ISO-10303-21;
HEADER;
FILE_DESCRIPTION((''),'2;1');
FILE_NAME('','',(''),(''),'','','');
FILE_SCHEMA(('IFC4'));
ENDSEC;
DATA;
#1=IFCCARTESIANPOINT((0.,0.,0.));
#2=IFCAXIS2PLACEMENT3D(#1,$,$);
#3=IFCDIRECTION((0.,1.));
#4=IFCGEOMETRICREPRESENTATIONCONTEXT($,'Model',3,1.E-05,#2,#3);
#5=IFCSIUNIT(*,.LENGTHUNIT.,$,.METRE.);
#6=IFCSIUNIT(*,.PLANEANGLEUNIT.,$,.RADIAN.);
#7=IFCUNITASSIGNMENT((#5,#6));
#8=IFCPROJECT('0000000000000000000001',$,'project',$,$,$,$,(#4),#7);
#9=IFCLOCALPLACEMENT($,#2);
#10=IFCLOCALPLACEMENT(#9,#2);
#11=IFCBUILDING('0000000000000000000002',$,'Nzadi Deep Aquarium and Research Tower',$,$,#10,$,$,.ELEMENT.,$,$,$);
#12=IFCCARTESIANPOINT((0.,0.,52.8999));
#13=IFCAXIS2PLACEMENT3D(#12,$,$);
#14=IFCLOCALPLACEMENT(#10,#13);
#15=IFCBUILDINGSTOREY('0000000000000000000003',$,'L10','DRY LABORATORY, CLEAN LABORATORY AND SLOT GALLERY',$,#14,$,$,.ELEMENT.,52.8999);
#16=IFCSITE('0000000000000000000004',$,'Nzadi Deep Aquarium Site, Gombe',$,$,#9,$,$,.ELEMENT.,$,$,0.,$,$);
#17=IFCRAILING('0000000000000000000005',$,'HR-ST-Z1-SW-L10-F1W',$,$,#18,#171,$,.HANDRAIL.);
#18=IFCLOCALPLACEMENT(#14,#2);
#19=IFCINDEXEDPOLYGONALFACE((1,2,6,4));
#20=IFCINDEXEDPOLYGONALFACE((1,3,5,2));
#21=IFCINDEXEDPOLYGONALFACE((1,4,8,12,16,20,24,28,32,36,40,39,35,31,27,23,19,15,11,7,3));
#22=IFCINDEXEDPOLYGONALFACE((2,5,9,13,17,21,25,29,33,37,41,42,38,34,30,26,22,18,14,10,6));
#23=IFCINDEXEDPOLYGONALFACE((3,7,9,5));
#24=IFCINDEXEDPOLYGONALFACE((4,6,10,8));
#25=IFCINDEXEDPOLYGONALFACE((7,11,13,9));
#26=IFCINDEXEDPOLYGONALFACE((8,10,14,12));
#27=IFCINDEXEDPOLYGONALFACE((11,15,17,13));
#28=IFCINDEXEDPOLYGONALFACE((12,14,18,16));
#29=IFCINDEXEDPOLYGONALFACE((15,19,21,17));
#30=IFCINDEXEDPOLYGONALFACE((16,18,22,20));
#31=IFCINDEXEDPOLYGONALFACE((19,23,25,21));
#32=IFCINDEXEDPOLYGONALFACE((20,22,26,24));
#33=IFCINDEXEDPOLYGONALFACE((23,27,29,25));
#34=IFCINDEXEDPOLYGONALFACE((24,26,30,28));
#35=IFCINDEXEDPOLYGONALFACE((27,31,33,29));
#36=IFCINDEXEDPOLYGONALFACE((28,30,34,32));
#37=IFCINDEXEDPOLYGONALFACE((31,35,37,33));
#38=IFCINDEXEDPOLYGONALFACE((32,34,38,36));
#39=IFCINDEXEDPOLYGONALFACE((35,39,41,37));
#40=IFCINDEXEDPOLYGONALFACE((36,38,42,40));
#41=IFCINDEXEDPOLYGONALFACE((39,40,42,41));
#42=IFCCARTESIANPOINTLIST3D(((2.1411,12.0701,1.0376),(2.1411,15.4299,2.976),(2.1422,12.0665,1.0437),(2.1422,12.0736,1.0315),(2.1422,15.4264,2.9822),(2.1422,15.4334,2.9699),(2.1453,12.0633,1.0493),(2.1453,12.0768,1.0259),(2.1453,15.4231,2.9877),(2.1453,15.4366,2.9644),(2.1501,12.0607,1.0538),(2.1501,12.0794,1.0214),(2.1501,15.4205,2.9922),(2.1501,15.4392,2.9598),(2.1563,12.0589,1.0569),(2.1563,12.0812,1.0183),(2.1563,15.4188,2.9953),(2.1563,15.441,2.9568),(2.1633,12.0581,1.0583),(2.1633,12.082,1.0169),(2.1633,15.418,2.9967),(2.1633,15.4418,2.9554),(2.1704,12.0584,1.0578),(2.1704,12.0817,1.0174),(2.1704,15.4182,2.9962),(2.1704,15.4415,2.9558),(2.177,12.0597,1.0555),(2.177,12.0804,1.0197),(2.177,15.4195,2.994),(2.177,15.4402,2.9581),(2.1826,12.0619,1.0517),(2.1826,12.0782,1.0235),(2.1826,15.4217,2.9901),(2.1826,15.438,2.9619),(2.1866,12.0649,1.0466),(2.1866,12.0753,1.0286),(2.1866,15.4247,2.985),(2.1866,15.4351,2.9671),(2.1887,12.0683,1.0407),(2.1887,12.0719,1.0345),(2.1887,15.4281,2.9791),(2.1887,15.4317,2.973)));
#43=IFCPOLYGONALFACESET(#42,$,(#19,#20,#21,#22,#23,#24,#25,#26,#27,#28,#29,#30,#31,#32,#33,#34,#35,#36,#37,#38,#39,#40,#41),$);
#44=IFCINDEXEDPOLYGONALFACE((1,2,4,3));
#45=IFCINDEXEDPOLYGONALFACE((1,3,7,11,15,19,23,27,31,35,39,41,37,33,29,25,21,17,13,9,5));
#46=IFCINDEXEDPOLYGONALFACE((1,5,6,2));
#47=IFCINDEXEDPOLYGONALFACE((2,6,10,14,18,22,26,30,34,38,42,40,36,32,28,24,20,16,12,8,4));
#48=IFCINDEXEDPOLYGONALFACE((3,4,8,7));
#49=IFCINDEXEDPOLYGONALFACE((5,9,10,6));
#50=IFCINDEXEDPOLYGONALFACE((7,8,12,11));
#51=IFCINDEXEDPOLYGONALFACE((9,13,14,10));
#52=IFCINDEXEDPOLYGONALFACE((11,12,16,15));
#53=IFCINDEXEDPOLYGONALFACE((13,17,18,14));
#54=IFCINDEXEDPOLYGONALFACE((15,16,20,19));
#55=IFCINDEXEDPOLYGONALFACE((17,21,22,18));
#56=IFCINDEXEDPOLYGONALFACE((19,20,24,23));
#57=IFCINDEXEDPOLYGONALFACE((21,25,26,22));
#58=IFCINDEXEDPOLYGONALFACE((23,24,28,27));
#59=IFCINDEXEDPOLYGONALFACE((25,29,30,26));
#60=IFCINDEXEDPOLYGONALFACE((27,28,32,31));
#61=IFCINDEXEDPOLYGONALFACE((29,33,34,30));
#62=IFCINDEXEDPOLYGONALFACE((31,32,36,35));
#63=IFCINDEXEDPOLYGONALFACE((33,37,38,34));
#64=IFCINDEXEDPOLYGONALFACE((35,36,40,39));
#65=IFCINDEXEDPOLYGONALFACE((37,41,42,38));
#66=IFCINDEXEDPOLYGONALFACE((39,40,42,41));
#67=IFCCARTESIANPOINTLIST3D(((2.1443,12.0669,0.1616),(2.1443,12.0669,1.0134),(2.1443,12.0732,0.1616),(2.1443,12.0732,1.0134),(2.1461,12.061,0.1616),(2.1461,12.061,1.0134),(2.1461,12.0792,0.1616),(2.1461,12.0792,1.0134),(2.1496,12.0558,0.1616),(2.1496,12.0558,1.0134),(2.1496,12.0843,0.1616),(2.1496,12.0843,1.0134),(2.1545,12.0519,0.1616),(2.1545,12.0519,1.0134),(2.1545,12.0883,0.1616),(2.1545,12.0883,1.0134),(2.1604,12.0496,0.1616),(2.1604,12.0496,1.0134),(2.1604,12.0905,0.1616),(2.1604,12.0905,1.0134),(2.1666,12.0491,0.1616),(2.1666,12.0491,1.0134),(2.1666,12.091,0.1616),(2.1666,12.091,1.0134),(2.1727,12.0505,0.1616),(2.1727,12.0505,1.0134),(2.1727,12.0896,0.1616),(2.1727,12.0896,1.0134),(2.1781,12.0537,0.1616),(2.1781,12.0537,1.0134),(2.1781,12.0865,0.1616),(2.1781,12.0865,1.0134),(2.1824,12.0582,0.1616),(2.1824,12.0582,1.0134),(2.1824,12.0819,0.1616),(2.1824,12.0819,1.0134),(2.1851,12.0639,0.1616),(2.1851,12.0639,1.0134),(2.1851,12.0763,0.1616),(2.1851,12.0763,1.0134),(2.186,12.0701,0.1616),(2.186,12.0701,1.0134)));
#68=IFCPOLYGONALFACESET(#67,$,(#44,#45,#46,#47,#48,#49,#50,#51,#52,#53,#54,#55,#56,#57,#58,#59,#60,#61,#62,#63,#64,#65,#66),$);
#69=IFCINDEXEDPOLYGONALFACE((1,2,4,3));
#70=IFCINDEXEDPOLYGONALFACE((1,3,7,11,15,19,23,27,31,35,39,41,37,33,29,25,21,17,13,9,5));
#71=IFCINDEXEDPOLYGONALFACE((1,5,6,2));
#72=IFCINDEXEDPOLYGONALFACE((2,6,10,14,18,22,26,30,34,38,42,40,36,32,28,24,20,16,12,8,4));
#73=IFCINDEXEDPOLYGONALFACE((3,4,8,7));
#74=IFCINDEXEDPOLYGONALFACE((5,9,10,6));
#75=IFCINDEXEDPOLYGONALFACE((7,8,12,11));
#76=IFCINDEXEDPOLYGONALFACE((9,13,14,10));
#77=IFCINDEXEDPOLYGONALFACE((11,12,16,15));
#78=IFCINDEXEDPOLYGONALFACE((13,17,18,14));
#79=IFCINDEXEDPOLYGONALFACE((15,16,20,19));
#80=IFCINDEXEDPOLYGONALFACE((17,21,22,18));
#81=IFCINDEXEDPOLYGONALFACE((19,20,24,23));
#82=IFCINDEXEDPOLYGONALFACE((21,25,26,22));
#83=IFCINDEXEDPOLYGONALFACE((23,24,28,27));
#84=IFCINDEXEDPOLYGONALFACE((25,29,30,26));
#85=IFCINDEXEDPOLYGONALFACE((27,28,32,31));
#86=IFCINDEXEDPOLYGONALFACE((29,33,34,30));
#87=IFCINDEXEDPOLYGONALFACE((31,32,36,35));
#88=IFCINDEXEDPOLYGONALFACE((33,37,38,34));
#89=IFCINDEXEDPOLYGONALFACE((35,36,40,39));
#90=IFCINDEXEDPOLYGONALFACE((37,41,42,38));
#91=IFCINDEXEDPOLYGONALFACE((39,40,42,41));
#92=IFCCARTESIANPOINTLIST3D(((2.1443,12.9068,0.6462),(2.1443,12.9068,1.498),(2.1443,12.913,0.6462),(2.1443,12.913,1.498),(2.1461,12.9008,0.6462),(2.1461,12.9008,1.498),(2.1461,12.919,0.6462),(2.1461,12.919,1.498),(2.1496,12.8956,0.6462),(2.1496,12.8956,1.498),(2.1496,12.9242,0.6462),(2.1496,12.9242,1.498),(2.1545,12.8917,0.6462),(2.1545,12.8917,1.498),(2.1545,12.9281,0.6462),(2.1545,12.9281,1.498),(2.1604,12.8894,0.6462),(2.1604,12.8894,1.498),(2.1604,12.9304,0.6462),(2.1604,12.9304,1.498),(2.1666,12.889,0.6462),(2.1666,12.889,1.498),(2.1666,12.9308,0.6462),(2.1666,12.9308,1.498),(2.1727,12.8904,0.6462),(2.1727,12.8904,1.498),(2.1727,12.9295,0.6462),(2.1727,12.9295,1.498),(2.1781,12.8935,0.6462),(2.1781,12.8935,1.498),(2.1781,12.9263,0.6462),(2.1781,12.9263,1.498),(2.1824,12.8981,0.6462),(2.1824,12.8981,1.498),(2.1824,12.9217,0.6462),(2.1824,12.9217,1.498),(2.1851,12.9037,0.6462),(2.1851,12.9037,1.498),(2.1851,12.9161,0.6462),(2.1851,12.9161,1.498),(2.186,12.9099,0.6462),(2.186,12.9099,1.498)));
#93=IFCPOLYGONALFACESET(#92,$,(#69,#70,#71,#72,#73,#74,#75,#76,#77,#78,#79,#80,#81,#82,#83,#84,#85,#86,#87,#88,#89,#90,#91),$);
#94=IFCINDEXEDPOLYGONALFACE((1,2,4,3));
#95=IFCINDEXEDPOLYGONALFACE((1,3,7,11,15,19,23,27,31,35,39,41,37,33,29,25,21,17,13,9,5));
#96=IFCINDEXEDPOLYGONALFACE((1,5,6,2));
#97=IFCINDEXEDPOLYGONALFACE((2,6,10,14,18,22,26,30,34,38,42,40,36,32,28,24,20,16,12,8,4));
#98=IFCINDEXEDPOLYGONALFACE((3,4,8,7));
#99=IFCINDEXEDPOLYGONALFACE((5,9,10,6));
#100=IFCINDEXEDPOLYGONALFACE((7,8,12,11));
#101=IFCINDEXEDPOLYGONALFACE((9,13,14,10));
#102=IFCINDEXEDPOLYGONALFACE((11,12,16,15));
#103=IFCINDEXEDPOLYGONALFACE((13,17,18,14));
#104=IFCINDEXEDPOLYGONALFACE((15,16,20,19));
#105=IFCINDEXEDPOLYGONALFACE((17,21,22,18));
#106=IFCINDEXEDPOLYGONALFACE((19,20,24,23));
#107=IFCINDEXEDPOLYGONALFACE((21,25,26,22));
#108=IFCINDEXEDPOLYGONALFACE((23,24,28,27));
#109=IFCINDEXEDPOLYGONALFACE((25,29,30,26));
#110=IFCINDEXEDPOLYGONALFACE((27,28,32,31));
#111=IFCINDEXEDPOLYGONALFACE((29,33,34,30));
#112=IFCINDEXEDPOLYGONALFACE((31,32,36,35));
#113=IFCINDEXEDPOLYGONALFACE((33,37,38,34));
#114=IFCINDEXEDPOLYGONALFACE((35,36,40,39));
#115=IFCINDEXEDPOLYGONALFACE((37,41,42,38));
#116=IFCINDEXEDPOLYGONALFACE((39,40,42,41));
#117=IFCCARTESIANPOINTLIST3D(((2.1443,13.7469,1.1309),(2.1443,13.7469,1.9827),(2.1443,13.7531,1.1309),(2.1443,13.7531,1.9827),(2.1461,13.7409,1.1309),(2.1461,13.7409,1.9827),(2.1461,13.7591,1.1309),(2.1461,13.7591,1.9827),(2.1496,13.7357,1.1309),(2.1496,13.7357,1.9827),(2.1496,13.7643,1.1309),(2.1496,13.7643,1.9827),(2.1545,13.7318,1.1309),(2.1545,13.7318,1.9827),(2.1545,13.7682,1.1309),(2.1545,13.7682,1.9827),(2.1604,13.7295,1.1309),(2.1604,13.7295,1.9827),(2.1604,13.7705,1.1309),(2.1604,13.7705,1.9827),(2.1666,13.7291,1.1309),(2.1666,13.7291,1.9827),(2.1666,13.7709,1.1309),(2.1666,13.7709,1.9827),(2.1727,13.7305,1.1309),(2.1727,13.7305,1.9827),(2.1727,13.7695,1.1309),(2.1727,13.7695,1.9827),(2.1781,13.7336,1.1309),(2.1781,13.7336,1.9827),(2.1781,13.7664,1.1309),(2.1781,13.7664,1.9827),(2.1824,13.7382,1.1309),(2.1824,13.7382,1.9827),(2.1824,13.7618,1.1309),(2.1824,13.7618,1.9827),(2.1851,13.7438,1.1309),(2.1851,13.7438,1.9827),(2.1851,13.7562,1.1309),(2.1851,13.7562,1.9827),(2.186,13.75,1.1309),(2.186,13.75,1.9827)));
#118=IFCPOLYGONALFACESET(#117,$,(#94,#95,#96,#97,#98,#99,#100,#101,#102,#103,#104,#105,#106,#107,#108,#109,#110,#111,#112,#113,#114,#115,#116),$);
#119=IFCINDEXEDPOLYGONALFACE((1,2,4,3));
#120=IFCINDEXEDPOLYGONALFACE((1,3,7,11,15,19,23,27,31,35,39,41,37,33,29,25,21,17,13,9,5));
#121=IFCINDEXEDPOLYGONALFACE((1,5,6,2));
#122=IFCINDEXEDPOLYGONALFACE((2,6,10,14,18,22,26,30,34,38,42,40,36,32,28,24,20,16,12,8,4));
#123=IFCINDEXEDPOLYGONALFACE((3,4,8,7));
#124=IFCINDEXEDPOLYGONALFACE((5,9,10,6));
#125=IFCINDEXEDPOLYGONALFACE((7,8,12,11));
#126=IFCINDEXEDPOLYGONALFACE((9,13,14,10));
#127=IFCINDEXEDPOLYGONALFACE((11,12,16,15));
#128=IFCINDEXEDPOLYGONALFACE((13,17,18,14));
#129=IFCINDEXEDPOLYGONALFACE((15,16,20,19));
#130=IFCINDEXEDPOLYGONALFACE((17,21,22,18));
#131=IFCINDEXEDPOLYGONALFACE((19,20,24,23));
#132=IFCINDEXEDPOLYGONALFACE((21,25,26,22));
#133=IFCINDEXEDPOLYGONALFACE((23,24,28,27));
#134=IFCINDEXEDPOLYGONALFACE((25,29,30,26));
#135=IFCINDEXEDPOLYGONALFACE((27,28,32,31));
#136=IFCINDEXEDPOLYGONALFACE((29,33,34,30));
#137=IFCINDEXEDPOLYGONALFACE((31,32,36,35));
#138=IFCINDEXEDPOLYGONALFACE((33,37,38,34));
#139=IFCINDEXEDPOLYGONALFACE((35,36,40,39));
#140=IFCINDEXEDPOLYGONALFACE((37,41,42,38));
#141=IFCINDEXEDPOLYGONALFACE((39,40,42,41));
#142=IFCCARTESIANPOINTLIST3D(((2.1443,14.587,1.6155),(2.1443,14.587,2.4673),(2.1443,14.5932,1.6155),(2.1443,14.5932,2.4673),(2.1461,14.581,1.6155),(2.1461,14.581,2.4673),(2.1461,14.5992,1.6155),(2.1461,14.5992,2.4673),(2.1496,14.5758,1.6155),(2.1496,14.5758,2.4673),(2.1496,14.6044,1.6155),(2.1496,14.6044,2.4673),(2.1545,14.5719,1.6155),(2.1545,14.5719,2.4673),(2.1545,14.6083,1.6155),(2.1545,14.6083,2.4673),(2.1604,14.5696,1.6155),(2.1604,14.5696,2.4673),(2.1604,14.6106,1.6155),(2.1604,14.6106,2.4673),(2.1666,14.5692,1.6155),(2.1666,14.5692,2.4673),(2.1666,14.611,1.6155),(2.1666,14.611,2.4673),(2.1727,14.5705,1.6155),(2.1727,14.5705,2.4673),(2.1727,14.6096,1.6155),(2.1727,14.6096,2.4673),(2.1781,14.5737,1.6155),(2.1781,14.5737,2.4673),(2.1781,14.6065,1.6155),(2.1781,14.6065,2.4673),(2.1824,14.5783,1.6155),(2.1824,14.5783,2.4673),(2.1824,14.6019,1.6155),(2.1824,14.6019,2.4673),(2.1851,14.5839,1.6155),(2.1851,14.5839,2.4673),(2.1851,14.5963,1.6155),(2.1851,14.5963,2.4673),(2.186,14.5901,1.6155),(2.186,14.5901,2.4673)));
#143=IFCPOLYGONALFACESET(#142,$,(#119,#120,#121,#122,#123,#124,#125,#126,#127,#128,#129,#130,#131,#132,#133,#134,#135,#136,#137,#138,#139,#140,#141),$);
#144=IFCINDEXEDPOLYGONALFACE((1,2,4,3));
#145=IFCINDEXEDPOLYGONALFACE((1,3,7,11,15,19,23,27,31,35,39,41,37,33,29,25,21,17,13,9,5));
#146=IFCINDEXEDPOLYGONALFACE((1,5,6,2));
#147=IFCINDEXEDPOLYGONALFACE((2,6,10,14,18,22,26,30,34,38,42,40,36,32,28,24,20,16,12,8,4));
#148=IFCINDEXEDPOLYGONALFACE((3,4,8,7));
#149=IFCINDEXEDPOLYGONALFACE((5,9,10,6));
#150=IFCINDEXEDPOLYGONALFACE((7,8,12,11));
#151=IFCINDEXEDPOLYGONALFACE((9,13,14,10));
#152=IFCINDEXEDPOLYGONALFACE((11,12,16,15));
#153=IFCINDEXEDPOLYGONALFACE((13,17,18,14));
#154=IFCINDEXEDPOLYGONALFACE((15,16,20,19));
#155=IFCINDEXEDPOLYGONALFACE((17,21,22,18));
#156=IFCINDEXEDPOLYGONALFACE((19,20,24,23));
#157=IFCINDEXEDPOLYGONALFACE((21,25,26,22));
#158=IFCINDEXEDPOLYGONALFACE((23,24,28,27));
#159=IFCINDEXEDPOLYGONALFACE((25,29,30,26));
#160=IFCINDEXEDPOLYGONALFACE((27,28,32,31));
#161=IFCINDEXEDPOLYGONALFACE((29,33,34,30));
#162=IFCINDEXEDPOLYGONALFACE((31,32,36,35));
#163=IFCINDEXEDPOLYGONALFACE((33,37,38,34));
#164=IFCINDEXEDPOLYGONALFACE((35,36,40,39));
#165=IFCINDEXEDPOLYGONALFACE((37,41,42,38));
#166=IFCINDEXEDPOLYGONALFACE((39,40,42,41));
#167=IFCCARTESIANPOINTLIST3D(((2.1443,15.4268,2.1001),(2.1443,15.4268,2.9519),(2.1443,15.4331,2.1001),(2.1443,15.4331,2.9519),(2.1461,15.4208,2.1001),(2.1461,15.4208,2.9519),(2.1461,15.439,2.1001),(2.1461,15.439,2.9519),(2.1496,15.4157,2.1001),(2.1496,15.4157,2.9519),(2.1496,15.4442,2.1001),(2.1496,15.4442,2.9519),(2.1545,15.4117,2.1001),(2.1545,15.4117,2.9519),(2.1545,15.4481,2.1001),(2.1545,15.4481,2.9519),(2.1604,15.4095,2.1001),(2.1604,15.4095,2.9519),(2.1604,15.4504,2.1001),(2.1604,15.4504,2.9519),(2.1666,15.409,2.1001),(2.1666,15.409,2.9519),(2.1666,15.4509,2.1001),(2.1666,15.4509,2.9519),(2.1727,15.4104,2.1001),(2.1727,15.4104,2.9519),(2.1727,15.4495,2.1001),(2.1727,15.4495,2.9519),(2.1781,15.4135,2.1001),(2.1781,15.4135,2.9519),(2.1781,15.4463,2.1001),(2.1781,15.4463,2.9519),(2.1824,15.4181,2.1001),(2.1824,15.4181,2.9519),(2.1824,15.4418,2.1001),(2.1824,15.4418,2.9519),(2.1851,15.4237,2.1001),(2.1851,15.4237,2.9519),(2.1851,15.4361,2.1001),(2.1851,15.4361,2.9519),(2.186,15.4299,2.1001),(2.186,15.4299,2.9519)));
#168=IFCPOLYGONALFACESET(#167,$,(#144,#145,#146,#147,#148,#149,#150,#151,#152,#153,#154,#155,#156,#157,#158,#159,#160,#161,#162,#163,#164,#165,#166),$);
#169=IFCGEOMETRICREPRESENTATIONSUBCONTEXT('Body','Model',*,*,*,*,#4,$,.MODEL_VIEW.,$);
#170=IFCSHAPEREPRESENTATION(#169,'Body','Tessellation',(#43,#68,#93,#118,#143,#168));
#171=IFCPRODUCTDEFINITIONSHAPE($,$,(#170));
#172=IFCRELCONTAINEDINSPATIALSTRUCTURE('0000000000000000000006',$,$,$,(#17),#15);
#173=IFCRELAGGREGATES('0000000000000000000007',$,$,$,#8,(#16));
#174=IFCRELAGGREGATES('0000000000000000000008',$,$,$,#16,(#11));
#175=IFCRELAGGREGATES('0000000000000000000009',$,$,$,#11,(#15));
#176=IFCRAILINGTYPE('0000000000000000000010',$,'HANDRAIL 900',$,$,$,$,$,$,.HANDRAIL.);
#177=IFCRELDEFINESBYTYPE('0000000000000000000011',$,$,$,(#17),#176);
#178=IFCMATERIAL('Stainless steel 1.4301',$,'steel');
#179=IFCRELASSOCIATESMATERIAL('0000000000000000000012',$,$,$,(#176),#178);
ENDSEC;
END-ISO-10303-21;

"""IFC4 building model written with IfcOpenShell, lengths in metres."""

from ifc_helpers import new_model, si_unit, direction, frame, origin, origin_2d, place, context, subcontext, project, spatial, circle, extrude, material, type_object, element, save


model = new_model("IFC4")

# Units and contexts
model_context = context("Model", 3, precision=1e-05, world=origin(), true_north=direction((0.0, 1.0)))
body_context = subcontext(model_context, "Body", "Model", "MODEL_VIEW")
ifc_project = project(units=[si_unit("LENGTHUNIT", "METRE"), si_unit("PLANEANGLEUNIT", "RADIAN")], contexts=[model_context])

# Site, building, storey
site_placement = place(None, origin())
site = spatial("IfcSite", under=ifc_project, at=site_placement, Name="Nzadi Deep Aquarium Site, Gombe", CompositionType="ELEMENT", RefElevation=0.0)
building_placement = place(site_placement, origin())
building = spatial("IfcBuilding", under=site, at=building_placement, Name="Nzadi Deep Aquarium and Research Tower", CompositionType="ELEMENT")
storey_placement = place(building_placement, frame((0.0, 0.0, 52.8999)))
storey = spatial("IfcBuildingStorey", under=building, at=storey_placement, Name="L10", Description="DRY LABORATORY, CLEAN LABORATORY AND SLOT GALLERY", CompositionType="ELEMENT", Elevation=52.8999)

# Railing
ifc_material_1 = material(Name="Stainless steel 1.4301", Category="steel")
railing_type = type_object("IfcRailingType", Name="HANDRAIL 900", PredefinedType="HANDRAIL", material=ifc_material_1)
for number, where, name in (
    (1, (2.165, 12.0701, 0.1616), "HR-ST-Z1-SW-L10-F1W"),
):
    element("IfcRailing", number, at=place(storey_placement, frame(where)), inside=storey, type_object=railing_type, Name=name, PredefinedType="HANDRAIL", context=body_context, shape_type="SweptSolid", body=[
        extrude(circle(Radius=0.0239, at=origin_2d()), frame((0.0, 0.0, 0.876), z_axis=(0.0, 0.866175, 0.499741), x_axis=(-1.0, 0.0, 0.0)), (0.0, 0.0, 1.0), 3.8789),
        extrude(circle(Radius=0.021, at=origin_2d()), origin(), (0.0, 0.0, 1.0), 0.8518),
        extrude(circle(Radius=0.021, at=origin_2d()), frame((0.0, 0.8398, 0.4846)), (0.0, 0.0, 1.0), 0.8518),
        extrude(circle(Radius=0.021, at=origin_2d()), frame((0.0, 1.6799, 0.9692)), (0.0, 0.0, 1.0), 0.8518),
        extrude(circle(Radius=0.021, at=origin_2d()), frame((0.0, 2.52, 1.4539)), (0.0, 0.0, 1.0), 0.8518),
        extrude(circle(Radius=0.021, at=origin_2d()), frame((0.0, 3.3599, 1.9385)), (0.0, 0.0, 1.0), 0.8518),
    ])

save(model, "model.ifc")
